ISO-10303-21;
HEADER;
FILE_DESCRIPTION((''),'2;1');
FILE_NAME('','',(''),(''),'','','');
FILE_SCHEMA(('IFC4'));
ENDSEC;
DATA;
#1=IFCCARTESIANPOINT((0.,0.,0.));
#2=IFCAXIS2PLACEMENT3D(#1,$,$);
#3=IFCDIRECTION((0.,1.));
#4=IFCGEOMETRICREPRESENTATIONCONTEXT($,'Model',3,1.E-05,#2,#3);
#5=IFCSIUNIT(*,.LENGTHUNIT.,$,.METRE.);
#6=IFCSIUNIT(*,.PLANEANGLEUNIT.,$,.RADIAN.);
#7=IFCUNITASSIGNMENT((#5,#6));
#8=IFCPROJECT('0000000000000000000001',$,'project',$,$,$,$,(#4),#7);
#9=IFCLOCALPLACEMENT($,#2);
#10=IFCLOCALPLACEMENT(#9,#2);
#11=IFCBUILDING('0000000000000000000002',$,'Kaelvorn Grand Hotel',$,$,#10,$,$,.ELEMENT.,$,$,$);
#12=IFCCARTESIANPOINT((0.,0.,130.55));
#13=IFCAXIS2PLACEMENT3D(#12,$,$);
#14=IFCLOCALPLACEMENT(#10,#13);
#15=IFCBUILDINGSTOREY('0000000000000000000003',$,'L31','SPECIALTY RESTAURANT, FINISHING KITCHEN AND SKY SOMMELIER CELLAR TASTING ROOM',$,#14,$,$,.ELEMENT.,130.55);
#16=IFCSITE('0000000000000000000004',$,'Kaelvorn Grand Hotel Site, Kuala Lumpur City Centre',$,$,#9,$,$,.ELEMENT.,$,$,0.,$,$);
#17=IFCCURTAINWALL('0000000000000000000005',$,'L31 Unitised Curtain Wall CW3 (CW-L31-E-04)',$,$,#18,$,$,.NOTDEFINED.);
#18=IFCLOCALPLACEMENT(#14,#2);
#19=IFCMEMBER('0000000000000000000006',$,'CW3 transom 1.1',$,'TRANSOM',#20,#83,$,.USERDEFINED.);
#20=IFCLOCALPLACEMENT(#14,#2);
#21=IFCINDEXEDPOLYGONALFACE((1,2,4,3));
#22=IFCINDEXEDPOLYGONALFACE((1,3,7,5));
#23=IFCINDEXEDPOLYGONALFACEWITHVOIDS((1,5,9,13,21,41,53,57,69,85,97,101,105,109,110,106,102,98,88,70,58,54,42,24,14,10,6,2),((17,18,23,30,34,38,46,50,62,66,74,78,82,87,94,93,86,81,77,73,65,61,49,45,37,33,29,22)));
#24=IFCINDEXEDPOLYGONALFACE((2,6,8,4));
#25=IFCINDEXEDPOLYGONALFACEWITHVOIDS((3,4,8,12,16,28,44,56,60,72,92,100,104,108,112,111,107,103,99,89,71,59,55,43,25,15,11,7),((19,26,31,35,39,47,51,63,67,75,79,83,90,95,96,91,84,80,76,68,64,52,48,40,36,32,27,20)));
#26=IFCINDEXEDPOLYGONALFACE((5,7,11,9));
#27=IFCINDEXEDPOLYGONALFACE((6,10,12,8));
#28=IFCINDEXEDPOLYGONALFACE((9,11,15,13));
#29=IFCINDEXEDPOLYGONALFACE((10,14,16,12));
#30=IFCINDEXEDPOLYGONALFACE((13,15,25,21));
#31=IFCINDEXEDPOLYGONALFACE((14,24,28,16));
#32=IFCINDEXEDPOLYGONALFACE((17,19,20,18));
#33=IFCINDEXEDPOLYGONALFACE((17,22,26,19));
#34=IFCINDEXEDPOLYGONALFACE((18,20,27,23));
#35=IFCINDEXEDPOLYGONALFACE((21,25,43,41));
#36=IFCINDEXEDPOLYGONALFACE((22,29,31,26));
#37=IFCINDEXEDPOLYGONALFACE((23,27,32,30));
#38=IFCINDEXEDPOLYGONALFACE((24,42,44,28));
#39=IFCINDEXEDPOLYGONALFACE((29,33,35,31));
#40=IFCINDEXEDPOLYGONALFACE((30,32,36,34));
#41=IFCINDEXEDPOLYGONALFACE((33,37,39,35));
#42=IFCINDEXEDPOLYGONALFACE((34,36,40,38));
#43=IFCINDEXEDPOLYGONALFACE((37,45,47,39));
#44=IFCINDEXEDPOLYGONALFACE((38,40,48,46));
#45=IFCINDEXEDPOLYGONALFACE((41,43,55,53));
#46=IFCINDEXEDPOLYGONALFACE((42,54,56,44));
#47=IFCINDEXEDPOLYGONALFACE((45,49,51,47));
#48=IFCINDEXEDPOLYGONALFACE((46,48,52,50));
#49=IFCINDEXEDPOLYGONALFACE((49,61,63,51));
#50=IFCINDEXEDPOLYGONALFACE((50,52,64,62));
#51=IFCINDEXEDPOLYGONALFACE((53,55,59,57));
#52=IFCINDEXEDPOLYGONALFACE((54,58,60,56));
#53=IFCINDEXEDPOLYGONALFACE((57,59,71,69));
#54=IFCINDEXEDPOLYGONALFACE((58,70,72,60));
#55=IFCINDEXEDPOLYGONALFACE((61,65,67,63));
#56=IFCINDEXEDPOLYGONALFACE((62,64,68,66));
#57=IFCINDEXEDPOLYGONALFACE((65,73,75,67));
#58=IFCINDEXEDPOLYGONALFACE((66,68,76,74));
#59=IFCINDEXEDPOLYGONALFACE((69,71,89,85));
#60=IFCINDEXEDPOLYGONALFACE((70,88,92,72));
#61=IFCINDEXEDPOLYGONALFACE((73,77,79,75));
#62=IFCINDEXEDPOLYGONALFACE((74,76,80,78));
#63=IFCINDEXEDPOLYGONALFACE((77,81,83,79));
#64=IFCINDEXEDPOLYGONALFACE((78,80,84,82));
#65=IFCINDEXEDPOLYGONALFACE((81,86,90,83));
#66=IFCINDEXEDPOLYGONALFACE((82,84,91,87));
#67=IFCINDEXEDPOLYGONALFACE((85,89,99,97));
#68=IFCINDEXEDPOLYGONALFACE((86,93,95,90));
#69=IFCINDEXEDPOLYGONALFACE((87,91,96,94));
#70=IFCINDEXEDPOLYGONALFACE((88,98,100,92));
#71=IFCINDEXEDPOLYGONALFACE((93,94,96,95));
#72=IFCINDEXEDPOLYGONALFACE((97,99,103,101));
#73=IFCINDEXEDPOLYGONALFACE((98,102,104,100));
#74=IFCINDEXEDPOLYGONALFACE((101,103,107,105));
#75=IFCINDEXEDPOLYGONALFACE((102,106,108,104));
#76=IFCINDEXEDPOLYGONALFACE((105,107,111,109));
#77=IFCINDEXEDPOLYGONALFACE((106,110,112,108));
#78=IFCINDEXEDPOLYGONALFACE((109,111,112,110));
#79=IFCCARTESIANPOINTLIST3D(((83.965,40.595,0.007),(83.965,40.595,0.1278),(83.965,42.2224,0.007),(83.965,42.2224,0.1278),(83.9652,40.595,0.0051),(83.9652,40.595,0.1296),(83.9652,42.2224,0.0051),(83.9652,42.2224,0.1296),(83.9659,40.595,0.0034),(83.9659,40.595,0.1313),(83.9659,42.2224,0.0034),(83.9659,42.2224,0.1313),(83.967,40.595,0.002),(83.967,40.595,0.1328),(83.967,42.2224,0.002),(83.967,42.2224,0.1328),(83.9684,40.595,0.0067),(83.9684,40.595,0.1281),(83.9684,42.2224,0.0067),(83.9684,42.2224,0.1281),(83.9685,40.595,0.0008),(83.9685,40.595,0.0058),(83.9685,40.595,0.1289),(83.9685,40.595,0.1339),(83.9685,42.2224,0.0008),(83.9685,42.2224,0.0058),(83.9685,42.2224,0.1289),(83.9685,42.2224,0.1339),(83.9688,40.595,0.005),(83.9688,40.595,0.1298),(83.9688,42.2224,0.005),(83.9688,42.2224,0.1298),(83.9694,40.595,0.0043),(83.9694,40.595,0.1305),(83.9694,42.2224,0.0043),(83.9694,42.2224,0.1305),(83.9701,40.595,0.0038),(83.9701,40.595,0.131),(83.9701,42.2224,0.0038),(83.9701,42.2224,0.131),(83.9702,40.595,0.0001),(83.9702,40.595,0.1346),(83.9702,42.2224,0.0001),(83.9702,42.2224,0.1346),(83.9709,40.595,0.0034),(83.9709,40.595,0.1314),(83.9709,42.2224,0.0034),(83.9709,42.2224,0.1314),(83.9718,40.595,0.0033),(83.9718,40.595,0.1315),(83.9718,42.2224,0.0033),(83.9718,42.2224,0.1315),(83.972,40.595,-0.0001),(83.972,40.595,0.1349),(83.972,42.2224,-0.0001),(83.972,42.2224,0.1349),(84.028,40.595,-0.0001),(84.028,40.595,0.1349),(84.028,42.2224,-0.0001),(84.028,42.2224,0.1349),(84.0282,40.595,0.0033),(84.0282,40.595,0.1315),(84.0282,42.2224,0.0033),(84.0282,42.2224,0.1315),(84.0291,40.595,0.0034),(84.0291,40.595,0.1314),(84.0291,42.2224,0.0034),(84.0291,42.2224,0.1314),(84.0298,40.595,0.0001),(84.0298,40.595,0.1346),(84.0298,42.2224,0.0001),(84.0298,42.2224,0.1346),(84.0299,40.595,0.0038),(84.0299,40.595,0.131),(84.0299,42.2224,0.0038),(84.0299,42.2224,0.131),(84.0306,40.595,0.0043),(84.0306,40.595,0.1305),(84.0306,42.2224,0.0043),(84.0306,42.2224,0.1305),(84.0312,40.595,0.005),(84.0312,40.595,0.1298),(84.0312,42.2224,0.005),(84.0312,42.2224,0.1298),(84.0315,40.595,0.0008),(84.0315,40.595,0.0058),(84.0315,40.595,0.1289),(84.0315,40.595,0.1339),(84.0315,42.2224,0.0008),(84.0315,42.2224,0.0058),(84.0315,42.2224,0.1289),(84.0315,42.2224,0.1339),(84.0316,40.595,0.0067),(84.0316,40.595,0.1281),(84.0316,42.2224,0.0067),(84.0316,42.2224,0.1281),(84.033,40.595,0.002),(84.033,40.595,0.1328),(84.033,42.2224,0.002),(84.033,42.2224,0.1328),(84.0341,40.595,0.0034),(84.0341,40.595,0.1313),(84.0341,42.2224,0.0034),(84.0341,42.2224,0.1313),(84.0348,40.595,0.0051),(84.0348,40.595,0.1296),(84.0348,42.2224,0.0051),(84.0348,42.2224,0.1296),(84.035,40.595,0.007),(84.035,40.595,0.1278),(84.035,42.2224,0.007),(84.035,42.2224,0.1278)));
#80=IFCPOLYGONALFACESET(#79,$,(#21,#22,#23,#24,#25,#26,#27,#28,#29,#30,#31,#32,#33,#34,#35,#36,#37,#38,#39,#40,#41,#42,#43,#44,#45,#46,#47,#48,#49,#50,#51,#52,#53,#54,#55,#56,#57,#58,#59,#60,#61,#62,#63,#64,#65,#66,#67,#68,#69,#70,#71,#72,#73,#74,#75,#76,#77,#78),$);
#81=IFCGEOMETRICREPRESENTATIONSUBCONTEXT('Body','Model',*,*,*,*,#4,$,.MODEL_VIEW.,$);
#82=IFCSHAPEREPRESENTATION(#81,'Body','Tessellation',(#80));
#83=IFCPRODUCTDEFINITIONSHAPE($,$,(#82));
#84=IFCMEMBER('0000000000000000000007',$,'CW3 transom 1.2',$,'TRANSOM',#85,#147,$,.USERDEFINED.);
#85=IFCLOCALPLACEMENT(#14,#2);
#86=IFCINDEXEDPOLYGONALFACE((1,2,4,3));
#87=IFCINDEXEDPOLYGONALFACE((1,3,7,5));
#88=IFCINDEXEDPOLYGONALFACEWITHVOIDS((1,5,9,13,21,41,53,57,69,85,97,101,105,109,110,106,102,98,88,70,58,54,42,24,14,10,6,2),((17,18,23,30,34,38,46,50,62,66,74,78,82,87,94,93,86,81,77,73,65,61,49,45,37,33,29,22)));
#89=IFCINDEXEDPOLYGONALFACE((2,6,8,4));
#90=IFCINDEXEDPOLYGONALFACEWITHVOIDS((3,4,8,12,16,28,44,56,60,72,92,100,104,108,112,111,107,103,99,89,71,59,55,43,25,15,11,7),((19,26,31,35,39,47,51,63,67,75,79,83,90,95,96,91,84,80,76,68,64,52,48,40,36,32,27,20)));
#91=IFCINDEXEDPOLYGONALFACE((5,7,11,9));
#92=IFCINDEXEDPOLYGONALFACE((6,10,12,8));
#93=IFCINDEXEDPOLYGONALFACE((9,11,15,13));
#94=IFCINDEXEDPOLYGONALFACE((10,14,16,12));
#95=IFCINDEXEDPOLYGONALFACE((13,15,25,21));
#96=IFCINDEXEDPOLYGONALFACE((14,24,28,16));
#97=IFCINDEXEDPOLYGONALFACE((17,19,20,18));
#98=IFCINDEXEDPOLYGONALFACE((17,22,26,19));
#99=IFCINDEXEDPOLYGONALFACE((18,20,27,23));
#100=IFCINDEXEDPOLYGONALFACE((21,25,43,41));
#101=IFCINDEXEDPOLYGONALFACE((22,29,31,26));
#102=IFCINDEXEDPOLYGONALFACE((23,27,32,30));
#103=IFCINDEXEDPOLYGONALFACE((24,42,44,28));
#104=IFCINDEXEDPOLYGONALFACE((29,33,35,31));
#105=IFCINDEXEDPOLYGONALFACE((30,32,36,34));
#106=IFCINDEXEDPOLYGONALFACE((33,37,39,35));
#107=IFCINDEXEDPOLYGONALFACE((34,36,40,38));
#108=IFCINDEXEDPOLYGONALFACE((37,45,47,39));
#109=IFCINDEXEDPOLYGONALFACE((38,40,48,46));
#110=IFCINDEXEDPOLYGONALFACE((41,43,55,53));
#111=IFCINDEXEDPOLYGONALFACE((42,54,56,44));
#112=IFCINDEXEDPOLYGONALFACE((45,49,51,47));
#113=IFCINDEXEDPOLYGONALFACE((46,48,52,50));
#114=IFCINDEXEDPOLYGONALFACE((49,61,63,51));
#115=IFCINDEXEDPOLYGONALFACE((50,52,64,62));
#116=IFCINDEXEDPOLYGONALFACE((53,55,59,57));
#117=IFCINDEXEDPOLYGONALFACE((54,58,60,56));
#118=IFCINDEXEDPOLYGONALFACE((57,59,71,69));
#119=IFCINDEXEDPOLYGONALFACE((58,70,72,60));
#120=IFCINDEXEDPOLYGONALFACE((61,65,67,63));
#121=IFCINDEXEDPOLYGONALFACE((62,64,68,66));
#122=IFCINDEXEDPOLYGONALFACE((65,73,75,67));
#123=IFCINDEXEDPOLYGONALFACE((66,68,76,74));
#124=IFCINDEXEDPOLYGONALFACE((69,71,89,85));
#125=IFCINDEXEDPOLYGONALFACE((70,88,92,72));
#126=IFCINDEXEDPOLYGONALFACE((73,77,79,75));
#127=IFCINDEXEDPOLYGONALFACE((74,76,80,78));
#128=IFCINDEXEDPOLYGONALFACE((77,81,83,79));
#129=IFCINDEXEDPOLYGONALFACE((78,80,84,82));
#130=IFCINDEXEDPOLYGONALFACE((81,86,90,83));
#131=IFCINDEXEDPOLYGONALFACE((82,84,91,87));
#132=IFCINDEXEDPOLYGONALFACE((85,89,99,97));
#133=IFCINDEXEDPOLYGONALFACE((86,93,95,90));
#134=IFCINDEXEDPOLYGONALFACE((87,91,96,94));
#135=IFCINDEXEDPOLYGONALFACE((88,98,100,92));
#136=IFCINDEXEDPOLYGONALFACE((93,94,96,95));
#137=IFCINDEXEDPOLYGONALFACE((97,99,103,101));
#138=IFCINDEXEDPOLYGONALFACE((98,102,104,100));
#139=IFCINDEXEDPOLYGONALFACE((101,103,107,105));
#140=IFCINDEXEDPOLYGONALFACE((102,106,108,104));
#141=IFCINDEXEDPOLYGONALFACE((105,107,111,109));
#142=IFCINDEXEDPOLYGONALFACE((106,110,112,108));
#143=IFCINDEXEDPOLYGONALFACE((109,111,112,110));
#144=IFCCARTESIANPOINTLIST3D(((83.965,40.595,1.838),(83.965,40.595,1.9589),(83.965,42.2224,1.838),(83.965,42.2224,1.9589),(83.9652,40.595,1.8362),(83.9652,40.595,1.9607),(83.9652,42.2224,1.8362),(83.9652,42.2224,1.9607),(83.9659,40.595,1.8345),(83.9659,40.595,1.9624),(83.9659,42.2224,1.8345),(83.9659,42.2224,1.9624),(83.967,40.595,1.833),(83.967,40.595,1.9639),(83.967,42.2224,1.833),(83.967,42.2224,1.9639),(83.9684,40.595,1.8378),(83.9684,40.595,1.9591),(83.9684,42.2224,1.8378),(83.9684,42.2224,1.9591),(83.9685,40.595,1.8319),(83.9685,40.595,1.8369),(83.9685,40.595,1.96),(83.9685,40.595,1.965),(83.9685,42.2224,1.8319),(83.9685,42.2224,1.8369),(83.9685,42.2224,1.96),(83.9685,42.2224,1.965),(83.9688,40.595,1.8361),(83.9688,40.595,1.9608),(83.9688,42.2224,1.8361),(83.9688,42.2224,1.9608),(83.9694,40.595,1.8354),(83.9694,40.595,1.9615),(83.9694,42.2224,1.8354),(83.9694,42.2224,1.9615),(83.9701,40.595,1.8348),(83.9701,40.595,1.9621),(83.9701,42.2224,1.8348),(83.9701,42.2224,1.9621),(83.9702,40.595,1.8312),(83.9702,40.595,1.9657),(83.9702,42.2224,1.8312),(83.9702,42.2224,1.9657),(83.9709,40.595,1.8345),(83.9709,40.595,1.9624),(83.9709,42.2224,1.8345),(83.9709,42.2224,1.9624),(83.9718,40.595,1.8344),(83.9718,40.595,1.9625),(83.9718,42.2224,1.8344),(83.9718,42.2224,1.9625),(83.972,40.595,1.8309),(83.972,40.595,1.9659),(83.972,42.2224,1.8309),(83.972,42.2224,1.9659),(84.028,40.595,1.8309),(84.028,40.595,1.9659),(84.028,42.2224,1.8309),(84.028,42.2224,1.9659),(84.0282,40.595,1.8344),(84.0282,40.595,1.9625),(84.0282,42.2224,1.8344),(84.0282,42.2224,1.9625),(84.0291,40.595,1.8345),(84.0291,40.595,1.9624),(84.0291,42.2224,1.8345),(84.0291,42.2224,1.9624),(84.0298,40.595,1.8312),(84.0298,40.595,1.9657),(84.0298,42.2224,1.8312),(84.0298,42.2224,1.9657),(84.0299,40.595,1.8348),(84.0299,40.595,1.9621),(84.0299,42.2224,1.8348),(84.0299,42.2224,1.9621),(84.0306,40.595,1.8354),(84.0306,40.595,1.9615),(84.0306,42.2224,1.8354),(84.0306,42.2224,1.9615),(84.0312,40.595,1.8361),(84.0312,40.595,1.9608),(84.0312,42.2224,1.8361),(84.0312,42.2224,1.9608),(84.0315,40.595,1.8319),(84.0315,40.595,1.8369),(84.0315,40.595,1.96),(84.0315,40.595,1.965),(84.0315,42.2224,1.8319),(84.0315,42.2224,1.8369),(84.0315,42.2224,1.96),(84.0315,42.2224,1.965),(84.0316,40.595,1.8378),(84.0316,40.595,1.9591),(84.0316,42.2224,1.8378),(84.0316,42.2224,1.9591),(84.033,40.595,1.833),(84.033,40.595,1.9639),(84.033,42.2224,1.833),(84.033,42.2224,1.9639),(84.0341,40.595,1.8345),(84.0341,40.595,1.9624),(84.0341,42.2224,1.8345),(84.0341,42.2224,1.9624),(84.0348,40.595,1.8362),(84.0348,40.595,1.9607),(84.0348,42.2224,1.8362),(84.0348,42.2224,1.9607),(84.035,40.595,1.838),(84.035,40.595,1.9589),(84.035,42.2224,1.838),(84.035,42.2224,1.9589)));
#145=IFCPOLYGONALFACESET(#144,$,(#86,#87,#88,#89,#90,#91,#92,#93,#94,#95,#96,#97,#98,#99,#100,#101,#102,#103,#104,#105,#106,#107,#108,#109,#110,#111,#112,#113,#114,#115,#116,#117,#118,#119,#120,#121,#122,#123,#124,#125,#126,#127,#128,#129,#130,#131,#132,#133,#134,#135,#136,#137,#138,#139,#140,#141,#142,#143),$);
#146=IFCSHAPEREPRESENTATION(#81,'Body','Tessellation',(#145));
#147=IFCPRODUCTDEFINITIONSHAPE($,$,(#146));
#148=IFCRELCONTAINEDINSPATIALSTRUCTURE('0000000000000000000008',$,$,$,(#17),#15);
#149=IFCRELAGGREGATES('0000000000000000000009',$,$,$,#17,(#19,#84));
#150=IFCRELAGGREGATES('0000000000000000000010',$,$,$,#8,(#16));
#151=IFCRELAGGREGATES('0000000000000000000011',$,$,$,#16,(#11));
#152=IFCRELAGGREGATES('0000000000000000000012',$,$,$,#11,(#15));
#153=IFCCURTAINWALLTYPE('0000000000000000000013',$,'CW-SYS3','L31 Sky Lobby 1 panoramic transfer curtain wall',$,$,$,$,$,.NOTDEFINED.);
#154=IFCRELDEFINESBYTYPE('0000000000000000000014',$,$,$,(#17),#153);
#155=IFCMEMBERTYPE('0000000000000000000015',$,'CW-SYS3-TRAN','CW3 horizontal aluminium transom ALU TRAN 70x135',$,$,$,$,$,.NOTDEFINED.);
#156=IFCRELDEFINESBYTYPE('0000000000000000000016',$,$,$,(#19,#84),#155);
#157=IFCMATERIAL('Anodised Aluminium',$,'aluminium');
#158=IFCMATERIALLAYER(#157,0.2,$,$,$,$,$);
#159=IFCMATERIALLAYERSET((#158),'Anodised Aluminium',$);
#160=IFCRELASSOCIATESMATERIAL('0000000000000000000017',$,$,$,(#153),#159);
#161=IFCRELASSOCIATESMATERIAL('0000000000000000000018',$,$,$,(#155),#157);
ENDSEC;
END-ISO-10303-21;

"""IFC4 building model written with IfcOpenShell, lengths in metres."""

from ifc_helpers import new_model, si_unit, direction, frame, origin, origin_2d, place, context, subcontext, project, spatial, hollow_rectangle, extrude, material, layer, layer_set, material_profile, profile_set, type_object, element, aggregate, save


model = new_model("IFC4")

# Units and contexts
model_context = context("Model", 3, precision=1e-05, world=origin(), true_north=direction((0.0, 1.0)))
body_context = subcontext(model_context, "Body", "Model", "MODEL_VIEW")
ifc_project = project(units=[si_unit("LENGTHUNIT", "METRE"), si_unit("PLANEANGLEUNIT", "RADIAN")], contexts=[model_context])

# Site, building, storey
site_placement = place(None, origin())
site = spatial("IfcSite", under=ifc_project, at=site_placement, Name="Kaelvorn Grand Hotel Site, Kuala Lumpur City Centre", CompositionType="ELEMENT", RefElevation=0.0)
building_placement = place(site_placement, origin())
building = spatial("IfcBuilding", under=site, at=building_placement, Name="Kaelvorn Grand Hotel", CompositionType="ELEMENT")
storey_placement = place(building_placement, frame((0.0, 0.0, 130.55)))
storey = spatial("IfcBuildingStorey", under=building, at=storey_placement, Name="L31", Description="SPECIALTY RESTAURANT, FINISHING KITCHEN AND SKY SOMMELIER CELLAR TASTING ROOM", CompositionType="ELEMENT", Elevation=130.55)

# Curtain wall, members
ifc_material_1 = material(Name="Anodised Aluminium", Category="aluminium")
ifc_layer_1 = layer(ifc_material_1, 0.2)
ifc_layer_set_1 = layer_set([ifc_layer_1], Name="Anodised Aluminium")
curtain_wall_type = type_object("IfcCurtainWallType", Name="CW-SYS3", Description="L31 Sky Lobby 1 panoramic transfer curtain wall", PredefinedType="NOTDEFINED", material=ifc_layer_set_1)
curtain_wall_placement = place(storey_placement, origin())
curtain_wall = element("IfcCurtainWall", 1, at=curtain_wall_placement, inside=storey, type_object=curtain_wall_type, Name="L31 Unitised Curtain Wall CW3 (CW-L31-E-04)", PredefinedType="NOTDEFINED")
ifc_material_profile_1 = material_profile(ifc_material_1, hollow_rectangle(XDim=0.0701, YDim=0.135, WallThickness=0.0034, InnerFilletRadius=0.0034, OuterFilletRadius=0.0071, at=origin_2d()), Name="ALU TRAN 70x135")
ifc_profile_set_1 = profile_set([ifc_material_profile_1], Name="Anodised Aluminium")
member_type_1 = type_object("IfcMemberType", Name="CW-SYS3-TRAN", Description="CW3 horizontal aluminium transom ALU TRAN 70x135", PredefinedType="NOTDEFINED", material=ifc_profile_set_1)
member_1_placement = place(storey_placement, frame((84.0, 40.595, 0.0674), z_axis=(0.0, 1.0, 0.0), x_axis=(-1.0, 0.0, 0.0)))
member_1 = element("IfcMember", 2, at=member_1_placement, type_object=member_type_1, Name="CW3 transom 1.1", ObjectType="TRANSOM", PredefinedType="USERDEFINED", context=body_context, shape_type="SweptSolid", body=[
    extrude(hollow_rectangle(XDim=0.0701, YDim=0.135, WallThickness=0.0034, InnerFilletRadius=0.0034, OuterFilletRadius=0.0071, at=origin_2d()), origin(), (0.0, 0.0, 1.0), 1.6274),
])
member_2_placement = place(storey_placement, frame((84.0, 40.595, 1.8984), z_axis=(0.0, 1.0, 0.0), x_axis=(-1.0, 0.0, 0.0)))
member_2 = element("IfcMember", 3, at=member_2_placement, type_object=member_type_1, Name="CW3 transom 1.2", ObjectType="TRANSOM", PredefinedType="USERDEFINED", context=body_context, shape_type="SweptSolid", body=[
    extrude(hollow_rectangle(XDim=0.0701, YDim=0.135, WallThickness=0.0034, InnerFilletRadius=0.0034, OuterFilletRadius=0.0071, at=origin_2d()), origin(), (0.0, 0.0, 1.0), 1.6274),
])
aggregate(curtain_wall, [member_1, member_2])

save(model, "model.ifc")
